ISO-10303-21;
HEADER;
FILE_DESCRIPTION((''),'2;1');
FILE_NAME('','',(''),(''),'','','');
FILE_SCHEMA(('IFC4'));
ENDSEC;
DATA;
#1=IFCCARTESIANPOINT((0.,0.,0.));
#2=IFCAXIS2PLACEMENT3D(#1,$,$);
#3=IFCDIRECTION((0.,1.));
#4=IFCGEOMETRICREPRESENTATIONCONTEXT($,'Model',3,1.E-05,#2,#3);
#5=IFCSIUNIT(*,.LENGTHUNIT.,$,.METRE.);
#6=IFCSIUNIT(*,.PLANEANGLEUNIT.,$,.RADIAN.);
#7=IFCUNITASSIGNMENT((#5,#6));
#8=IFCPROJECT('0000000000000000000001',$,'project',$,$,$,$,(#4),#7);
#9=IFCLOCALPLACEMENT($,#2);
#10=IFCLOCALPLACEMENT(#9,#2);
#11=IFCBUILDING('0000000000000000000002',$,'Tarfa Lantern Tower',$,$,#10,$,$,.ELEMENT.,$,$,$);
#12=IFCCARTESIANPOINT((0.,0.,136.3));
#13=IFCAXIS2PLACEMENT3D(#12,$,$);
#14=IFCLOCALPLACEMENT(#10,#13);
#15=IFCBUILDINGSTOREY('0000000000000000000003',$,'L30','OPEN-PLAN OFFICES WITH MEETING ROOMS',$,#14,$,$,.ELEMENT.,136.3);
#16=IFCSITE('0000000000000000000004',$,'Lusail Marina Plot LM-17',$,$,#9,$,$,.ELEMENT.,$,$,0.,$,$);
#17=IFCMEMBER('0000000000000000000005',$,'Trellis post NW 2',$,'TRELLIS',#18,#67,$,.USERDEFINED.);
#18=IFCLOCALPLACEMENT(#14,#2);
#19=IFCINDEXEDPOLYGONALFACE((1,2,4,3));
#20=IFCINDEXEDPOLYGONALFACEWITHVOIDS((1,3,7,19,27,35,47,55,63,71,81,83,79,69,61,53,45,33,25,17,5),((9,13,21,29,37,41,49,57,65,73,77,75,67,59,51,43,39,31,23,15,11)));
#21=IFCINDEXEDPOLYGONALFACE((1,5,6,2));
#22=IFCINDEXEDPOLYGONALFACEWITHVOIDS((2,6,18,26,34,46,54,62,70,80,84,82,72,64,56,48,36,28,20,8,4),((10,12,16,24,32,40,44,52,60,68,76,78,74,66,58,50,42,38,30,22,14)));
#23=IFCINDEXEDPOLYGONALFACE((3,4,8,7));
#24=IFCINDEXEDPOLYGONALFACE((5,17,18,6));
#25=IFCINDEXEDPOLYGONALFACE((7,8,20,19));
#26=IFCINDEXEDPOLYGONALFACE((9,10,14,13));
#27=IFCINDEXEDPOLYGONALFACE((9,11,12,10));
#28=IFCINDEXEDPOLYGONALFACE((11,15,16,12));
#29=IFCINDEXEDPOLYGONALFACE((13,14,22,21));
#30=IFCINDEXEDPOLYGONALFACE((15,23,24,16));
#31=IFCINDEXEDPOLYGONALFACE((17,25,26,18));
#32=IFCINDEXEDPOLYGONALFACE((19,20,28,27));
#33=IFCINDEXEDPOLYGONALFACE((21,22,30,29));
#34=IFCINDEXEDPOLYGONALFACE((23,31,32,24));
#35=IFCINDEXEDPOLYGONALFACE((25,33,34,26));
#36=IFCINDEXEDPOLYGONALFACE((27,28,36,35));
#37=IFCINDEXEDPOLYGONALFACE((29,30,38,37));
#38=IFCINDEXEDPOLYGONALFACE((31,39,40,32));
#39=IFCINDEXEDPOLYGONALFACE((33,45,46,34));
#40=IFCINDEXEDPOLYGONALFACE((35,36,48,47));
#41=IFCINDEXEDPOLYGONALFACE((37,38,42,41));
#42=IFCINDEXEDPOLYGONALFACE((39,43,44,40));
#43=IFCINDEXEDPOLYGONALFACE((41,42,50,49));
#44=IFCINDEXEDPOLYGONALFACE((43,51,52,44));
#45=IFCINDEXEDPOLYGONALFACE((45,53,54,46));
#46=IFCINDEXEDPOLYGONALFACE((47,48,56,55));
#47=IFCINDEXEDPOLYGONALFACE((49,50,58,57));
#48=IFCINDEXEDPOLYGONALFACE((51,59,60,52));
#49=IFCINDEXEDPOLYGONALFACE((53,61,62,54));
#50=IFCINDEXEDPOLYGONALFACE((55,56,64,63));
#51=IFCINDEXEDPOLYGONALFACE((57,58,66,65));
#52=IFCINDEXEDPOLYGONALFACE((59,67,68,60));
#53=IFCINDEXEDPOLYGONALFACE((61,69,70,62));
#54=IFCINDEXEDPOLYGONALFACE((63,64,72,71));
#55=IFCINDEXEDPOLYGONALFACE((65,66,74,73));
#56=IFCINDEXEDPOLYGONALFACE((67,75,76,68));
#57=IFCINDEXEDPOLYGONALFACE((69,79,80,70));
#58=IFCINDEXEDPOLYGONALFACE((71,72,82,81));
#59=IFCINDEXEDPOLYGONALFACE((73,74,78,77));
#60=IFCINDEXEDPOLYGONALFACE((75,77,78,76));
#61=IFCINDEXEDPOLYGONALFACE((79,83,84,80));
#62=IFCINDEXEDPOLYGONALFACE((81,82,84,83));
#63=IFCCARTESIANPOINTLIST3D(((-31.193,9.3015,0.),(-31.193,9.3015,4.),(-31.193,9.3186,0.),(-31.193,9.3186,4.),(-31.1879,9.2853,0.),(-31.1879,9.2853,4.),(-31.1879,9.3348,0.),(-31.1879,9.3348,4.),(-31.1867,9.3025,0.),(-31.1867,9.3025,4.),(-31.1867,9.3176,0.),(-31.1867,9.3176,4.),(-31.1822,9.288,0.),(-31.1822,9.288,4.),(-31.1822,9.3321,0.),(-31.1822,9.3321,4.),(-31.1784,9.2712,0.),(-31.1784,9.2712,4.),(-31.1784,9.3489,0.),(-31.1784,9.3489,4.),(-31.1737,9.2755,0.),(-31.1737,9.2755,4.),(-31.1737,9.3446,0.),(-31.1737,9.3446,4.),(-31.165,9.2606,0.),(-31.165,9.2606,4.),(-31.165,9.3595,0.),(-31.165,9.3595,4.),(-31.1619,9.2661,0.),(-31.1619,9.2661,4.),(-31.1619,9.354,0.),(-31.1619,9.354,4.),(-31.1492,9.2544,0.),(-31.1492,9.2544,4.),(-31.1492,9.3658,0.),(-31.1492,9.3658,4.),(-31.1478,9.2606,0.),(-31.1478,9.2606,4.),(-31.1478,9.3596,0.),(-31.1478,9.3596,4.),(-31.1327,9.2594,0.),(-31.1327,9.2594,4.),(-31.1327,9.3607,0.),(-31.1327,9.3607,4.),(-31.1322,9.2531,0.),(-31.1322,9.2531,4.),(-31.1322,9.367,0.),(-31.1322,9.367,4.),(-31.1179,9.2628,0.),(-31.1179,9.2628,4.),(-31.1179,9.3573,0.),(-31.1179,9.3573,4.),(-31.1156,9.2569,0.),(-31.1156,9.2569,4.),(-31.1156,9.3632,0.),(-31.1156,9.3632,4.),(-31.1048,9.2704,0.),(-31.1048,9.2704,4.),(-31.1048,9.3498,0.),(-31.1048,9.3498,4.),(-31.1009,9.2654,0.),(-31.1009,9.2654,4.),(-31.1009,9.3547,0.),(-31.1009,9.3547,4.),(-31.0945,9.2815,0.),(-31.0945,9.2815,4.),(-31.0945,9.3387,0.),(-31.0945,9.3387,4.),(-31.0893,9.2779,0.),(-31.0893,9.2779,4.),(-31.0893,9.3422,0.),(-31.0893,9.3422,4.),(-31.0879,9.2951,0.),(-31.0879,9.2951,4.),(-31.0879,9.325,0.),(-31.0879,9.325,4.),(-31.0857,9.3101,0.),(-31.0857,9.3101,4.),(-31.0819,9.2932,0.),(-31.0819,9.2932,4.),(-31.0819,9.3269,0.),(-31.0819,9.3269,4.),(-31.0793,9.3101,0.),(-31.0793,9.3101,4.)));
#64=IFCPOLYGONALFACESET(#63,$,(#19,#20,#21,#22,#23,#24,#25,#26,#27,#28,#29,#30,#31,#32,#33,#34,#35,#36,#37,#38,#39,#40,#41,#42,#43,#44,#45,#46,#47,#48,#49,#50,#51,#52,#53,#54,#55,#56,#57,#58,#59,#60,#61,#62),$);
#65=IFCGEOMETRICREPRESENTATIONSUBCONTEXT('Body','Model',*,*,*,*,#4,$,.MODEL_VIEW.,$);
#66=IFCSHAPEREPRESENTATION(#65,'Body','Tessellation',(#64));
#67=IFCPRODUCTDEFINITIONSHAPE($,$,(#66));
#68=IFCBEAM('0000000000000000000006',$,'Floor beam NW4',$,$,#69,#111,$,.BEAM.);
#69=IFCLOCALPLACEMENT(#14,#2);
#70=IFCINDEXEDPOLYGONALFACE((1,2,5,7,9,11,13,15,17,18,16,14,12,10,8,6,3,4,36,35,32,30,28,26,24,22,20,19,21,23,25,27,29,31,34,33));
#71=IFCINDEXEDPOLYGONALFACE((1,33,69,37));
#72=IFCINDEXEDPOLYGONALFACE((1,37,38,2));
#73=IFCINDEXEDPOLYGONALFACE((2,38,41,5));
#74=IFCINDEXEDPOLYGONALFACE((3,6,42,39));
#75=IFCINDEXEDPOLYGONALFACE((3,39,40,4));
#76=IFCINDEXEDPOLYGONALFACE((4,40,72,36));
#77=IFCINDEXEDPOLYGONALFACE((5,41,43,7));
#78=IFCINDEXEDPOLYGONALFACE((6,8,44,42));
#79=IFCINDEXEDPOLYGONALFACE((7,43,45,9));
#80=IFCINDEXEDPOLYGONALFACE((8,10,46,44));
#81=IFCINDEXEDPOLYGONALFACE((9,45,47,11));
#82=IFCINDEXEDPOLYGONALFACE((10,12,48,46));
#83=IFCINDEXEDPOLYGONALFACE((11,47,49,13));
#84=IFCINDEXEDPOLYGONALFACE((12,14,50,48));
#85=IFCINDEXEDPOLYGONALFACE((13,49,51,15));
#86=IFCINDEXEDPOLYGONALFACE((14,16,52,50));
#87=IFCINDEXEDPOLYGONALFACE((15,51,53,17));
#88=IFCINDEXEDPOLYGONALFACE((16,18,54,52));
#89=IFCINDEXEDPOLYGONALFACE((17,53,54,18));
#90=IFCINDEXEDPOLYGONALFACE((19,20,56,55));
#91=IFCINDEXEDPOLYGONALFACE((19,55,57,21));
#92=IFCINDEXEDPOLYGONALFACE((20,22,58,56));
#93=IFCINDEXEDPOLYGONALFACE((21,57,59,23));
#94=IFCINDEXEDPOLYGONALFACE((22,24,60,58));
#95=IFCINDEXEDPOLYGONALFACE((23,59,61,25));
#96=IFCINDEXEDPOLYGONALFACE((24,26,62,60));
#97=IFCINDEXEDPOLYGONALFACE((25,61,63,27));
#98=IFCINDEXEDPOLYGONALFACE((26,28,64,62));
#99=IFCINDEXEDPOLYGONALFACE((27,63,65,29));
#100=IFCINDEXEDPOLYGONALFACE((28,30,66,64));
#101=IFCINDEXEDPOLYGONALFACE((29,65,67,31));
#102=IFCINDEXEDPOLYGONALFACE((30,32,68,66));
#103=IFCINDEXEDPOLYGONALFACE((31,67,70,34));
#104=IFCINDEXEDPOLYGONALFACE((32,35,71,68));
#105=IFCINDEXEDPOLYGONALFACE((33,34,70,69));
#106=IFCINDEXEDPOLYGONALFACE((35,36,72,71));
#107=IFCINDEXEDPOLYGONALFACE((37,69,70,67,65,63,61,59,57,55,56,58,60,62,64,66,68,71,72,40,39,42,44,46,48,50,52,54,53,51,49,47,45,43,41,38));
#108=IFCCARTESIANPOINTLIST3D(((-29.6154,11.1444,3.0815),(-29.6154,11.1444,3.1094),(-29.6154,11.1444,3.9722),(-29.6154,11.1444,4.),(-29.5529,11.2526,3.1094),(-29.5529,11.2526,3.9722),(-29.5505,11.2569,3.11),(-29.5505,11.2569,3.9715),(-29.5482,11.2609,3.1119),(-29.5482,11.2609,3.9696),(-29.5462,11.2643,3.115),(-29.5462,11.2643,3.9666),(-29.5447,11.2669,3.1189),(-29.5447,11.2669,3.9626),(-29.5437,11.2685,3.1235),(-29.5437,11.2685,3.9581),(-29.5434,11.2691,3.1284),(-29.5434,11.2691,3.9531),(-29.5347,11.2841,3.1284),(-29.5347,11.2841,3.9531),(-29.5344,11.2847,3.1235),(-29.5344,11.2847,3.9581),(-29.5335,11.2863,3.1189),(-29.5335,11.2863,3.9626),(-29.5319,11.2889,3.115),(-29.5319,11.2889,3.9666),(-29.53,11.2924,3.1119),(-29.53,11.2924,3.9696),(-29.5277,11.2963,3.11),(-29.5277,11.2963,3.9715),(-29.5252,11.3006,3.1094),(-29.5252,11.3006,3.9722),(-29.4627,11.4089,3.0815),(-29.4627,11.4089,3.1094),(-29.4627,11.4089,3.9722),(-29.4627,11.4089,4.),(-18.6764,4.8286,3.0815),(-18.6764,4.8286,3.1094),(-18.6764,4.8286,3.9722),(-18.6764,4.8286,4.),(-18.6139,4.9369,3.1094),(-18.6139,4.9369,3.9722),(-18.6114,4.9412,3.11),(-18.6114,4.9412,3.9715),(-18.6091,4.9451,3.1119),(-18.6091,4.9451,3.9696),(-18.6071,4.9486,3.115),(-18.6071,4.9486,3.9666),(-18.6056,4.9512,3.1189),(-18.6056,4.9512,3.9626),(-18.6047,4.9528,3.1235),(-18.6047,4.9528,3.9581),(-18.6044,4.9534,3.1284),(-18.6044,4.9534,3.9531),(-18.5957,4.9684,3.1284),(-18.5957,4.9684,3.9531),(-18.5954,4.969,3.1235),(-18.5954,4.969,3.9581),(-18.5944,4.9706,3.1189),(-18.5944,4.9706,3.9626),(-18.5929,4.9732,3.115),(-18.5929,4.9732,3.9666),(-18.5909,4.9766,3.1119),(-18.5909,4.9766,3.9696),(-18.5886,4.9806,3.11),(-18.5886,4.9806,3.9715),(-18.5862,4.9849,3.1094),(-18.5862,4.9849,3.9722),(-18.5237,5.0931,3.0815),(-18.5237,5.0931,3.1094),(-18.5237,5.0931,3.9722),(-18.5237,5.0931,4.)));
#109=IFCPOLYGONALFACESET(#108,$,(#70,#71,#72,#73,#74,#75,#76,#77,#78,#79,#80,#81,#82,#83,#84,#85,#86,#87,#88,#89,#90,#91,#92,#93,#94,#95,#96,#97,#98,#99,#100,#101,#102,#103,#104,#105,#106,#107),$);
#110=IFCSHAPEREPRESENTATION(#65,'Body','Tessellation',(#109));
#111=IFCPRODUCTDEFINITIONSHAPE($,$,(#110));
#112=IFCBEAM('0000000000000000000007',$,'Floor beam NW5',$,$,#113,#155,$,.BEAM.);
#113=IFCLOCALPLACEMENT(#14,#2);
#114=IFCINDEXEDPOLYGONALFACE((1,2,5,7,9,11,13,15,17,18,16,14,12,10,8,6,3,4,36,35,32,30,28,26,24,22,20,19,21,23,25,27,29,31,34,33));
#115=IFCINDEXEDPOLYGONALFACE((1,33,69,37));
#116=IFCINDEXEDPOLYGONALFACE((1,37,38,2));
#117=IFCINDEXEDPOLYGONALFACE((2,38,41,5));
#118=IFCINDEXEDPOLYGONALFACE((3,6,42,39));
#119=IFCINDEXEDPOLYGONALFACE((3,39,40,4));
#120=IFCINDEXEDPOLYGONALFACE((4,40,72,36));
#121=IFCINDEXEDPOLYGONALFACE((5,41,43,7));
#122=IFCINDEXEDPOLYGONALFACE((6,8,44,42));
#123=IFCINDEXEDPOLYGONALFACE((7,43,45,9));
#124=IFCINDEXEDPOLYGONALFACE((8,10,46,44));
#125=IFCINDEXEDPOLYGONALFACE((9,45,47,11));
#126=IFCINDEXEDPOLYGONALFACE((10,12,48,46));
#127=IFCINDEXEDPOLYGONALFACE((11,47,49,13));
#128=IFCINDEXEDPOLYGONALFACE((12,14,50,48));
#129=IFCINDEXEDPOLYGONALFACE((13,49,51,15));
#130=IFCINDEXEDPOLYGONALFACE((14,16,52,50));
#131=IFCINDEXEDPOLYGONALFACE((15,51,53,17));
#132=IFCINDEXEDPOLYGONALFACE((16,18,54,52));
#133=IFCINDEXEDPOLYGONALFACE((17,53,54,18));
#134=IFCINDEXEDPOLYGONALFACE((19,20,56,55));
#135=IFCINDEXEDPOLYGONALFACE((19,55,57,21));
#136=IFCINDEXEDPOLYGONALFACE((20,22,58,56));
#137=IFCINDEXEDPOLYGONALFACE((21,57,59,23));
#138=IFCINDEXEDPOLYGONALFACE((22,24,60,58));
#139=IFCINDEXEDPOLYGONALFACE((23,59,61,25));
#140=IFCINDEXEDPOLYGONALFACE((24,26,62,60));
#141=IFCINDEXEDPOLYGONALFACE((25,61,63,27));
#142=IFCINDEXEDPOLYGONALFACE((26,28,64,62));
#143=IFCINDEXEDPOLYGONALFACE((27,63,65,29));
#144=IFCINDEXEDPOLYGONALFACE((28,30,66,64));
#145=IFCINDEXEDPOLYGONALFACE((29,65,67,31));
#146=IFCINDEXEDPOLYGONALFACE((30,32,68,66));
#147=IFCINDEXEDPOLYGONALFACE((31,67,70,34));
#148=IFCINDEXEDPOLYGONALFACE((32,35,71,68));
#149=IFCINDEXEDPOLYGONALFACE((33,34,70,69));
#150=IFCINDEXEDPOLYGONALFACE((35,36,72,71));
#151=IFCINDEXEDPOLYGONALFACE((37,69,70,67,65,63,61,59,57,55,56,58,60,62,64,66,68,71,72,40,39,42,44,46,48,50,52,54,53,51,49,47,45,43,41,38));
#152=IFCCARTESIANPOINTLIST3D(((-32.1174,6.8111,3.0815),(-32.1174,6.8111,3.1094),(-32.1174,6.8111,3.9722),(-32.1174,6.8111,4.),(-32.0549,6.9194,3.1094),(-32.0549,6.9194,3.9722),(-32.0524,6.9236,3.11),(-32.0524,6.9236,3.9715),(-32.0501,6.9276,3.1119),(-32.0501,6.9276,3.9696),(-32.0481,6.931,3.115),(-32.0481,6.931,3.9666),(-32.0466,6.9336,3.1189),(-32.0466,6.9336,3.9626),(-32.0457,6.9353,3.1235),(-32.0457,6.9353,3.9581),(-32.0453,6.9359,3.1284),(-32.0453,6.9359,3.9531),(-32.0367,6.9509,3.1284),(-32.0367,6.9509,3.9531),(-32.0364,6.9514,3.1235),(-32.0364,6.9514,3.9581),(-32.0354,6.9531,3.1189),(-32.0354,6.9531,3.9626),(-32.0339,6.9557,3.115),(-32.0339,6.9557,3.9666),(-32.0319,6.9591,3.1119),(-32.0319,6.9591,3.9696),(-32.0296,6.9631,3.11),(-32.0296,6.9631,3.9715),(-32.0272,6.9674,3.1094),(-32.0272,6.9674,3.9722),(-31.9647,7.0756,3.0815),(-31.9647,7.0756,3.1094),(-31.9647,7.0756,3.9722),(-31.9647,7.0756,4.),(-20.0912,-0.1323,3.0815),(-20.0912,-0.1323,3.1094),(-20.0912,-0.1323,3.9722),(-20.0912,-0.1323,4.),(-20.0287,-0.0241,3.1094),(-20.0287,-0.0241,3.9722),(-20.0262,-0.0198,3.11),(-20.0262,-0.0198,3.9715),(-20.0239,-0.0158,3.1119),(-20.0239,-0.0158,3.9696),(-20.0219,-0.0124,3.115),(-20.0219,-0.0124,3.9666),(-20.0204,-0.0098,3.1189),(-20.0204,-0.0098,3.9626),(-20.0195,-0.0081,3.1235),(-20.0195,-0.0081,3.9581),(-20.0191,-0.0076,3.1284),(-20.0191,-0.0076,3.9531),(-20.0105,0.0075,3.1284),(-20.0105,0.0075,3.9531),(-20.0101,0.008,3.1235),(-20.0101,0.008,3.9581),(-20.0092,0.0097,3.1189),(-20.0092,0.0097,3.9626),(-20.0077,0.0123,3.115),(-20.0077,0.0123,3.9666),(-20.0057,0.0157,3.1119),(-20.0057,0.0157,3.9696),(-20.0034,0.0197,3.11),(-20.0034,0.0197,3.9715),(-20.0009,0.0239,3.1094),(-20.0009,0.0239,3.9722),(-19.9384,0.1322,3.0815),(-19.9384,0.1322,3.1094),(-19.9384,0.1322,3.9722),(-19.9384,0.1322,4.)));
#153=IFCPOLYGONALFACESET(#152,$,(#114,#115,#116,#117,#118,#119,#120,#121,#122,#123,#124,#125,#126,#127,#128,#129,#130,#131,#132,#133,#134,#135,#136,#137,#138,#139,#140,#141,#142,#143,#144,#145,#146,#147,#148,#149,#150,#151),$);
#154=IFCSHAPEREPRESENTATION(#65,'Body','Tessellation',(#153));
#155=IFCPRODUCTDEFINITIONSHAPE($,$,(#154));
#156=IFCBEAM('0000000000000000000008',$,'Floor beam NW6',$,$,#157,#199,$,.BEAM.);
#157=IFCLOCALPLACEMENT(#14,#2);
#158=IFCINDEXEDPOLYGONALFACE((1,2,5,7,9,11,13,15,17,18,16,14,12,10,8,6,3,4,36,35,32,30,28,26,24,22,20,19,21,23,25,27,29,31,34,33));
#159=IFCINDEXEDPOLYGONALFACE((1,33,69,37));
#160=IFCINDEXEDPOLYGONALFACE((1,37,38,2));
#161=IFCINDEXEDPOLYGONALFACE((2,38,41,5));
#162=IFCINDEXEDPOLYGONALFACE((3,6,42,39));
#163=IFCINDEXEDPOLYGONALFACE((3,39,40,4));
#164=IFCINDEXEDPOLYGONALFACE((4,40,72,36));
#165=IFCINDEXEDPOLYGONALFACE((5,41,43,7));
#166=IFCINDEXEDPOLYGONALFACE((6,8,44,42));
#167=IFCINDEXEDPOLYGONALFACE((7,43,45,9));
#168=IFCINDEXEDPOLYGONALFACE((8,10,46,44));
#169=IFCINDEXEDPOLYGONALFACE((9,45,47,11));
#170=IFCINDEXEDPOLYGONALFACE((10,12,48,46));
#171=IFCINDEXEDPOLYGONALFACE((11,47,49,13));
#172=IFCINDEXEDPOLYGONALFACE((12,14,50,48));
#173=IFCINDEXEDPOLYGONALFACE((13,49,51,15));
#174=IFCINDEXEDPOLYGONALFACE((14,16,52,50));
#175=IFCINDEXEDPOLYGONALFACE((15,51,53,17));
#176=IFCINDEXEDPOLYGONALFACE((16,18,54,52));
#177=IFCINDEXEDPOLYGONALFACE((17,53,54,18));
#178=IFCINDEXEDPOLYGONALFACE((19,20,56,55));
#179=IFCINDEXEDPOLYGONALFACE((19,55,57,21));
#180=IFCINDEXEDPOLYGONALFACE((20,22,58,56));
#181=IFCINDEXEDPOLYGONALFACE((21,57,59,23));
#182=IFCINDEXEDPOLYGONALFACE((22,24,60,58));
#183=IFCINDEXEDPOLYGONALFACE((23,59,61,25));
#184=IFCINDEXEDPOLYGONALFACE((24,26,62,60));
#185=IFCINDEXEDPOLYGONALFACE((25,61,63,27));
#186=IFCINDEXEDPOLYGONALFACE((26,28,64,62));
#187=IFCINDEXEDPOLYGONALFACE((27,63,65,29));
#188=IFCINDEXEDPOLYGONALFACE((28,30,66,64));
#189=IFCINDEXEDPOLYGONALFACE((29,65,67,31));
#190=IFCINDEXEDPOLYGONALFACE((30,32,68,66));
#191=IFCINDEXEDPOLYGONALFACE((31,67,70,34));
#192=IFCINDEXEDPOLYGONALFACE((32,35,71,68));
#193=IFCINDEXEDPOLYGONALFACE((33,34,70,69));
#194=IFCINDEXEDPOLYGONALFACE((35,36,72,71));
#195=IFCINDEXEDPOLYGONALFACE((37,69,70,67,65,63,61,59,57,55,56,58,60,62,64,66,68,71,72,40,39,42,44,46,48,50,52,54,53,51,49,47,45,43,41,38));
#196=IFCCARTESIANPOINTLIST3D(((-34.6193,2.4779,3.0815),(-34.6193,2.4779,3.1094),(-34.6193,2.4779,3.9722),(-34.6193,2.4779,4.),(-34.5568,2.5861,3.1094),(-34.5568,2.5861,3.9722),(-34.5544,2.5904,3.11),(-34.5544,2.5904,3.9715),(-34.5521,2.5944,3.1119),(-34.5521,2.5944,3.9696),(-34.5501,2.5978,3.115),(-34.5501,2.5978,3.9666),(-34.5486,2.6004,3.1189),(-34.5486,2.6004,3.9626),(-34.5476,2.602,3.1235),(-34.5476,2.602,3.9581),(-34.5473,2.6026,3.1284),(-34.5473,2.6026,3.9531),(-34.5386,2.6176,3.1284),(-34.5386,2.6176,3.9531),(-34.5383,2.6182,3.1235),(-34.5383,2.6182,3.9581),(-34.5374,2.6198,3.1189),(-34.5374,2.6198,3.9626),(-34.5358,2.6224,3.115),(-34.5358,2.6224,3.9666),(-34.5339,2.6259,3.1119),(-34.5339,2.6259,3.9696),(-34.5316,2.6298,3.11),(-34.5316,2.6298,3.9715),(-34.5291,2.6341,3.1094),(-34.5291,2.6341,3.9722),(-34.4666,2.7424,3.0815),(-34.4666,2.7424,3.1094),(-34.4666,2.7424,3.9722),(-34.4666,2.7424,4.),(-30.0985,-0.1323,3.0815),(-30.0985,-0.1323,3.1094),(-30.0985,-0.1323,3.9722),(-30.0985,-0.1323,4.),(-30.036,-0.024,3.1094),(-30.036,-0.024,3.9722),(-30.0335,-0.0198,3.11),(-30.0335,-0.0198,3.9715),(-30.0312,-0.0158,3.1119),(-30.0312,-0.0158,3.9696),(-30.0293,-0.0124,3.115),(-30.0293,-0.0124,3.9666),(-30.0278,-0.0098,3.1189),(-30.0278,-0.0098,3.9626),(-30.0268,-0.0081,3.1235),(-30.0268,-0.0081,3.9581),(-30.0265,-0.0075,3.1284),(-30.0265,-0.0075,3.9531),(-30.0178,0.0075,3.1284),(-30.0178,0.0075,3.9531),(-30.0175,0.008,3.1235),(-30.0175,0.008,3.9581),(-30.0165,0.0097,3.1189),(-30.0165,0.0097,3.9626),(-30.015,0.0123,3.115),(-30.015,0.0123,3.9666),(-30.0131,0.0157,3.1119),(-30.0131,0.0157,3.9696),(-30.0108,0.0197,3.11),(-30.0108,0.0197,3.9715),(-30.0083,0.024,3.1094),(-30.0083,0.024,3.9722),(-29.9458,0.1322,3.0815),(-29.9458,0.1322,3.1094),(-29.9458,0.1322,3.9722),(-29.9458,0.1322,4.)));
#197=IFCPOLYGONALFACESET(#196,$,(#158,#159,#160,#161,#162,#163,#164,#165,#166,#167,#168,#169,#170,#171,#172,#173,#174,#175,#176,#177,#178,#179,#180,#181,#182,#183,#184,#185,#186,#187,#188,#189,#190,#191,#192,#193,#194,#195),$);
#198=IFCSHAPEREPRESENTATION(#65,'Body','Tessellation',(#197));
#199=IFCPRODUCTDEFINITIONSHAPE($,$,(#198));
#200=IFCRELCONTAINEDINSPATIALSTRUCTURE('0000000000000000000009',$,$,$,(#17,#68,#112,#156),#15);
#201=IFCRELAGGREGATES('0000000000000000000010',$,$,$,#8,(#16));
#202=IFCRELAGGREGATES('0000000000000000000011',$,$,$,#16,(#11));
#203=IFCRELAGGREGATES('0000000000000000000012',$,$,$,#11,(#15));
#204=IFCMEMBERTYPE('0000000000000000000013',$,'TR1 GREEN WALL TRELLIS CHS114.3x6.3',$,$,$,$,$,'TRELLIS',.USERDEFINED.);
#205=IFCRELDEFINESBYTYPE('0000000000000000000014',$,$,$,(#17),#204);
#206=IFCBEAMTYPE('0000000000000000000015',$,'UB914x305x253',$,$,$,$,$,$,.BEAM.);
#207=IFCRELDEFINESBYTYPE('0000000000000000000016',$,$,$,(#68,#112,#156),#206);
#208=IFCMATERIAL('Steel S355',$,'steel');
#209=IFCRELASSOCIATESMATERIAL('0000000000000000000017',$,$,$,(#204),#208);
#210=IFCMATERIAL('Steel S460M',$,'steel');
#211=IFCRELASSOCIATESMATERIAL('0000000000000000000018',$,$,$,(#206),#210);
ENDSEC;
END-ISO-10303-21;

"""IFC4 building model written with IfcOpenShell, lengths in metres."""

from ifc_helpers import new_model, si_unit, direction, frame, origin, origin_2d, place, context, subcontext, project, spatial, hollow_circle, i_section, extrude, material, material_profile, profile_set, type_object, element, save


model = new_model("IFC4")

# Units and contexts
model_context = context("Model", 3, precision=1e-05, world=origin(), true_north=direction((0.0, 1.0)))
body_context = subcontext(model_context, "Body", "Model", "MODEL_VIEW")
ifc_project = project(units=[si_unit("LENGTHUNIT", "METRE"), si_unit("PLANEANGLEUNIT", "RADIAN")], contexts=[model_context])

# Site, building, storey
site_placement = place(None, origin())
site = spatial("IfcSite", under=ifc_project, at=site_placement, Name="Lusail Marina Plot LM-17", CompositionType="ELEMENT", RefElevation=0.0)
building_placement = place(site_placement, origin())
building = spatial("IfcBuilding", under=site, at=building_placement, Name="Tarfa Lantern Tower", CompositionType="ELEMENT")
storey_placement = place(building_placement, frame((0.0, 0.0, 136.3)))
storey = spatial("IfcBuildingStorey", under=building, at=storey_placement, Name="L30", Description="OPEN-PLAN OFFICES WITH MEETING ROOMS", CompositionType="ELEMENT", Elevation=136.3)

# Member
ifc_material_1 = material(Name="Steel S355", Category="steel")
ifc_material_profile_1 = material_profile(ifc_material_1, hollow_circle(Radius=0.0571, WallThickness=0.0063, at=origin_2d()), Name="CHS114.3x6.3")
ifc_profile_set_1 = profile_set([ifc_material_profile_1], Name="Steel S355")
member_type_1 = type_object("IfcMemberType", Name="TR1 GREEN WALL TRELLIS CHS114.3x6.3", ElementType="TRELLIS", PredefinedType="USERDEFINED", material=ifc_profile_set_1)
member_1_placement = place(storey_placement, frame((-31.1365, 9.3101, 0.0), z_axis=(0.0, 0.0, 1.0), x_axis=(1.0, 0.0, 0.0)))
element("IfcMember", 1, at=member_1_placement, inside=storey, type_object=member_type_1, Name="Trellis post NW 2", ObjectType="TRELLIS", PredefinedType="USERDEFINED", context=body_context, shape_type="SweptSolid", body=[
    extrude(hollow_circle(Radius=0.0571, WallThickness=0.0063, at=origin_2d()), origin(), (0.0, 0.0, 1.0), 4.0),
])

# Beams
ifc_material_2 = material(Name="Steel S460M", Category="steel")
ifc_material_profile_2 = material_profile(ifc_material_2, i_section(OverallWidth=0.3054, OverallDepth=0.9185, WebThickness=0.0173, FlangeThickness=0.0278, FilletRadius=0.019, at=origin_2d()), Name="UB914x305x253")
ifc_profile_set_2 = profile_set([ifc_material_profile_2], Name="Steel S460M")
beam_type_1 = type_object("IfcBeamType", Name="UB914x305x253", PredefinedType="BEAM", material=ifc_profile_set_2)
beam_1_placement = place(storey_placement, frame((-29.5391, 11.2766, 3.5408), z_axis=(0.866023, -0.500004, 0.0), x_axis=(0.500004, 0.866023, 0.0)))
element("IfcBeam", 2, at=beam_1_placement, inside=storey, type_object=beam_type_1, Name="Floor beam NW4", PredefinedType="BEAM", context=body_context, shape_type="SweptSolid", body=[
    extrude(i_section(OverallWidth=0.3054, OverallDepth=0.9185, WebThickness=0.0173, FlangeThickness=0.0278, FilletRadius=0.019, at=origin_2d()), origin(), (0.0, 0.0, 1.0), 12.6313),
])
beam_2_placement = place(storey_placement, frame((-32.041, 6.9434, 3.5408), z_axis=(0.866023, -0.500004, 0.0), x_axis=(0.500004, 0.866023, 0.0)))
element("IfcBeam", 3, at=beam_2_placement, inside=storey, type_object=beam_type_1, Name="Floor beam NW5", PredefinedType="BEAM", context=body_context, shape_type="SweptSolid", body=[
    extrude(i_section(OverallWidth=0.3054, OverallDepth=0.9185, WebThickness=0.0173, FlangeThickness=0.0278, FilletRadius=0.019, at=origin_2d()), origin(), (0.0, 0.0, 1.0), 13.8867),
])
beam_3_placement = place(storey_placement, frame((-34.543, 2.6101, 3.5408), z_axis=(0.866021, -0.500007, 0.0), x_axis=(0.500007, 0.866021, 0.0)))
element("IfcBeam", 4, at=beam_3_placement, inside=storey, type_object=beam_type_1, Name="Floor beam NW6", PredefinedType="BEAM", context=body_context, shape_type="SweptSolid", body=[
    extrude(i_section(OverallWidth=0.3054, OverallDepth=0.9185, WebThickness=0.0173, FlangeThickness=0.0278, FilletRadius=0.019, at=origin_2d()), origin(), (0.0, 0.0, 1.0), 5.2202),
])

save(model, "model.ifc")
